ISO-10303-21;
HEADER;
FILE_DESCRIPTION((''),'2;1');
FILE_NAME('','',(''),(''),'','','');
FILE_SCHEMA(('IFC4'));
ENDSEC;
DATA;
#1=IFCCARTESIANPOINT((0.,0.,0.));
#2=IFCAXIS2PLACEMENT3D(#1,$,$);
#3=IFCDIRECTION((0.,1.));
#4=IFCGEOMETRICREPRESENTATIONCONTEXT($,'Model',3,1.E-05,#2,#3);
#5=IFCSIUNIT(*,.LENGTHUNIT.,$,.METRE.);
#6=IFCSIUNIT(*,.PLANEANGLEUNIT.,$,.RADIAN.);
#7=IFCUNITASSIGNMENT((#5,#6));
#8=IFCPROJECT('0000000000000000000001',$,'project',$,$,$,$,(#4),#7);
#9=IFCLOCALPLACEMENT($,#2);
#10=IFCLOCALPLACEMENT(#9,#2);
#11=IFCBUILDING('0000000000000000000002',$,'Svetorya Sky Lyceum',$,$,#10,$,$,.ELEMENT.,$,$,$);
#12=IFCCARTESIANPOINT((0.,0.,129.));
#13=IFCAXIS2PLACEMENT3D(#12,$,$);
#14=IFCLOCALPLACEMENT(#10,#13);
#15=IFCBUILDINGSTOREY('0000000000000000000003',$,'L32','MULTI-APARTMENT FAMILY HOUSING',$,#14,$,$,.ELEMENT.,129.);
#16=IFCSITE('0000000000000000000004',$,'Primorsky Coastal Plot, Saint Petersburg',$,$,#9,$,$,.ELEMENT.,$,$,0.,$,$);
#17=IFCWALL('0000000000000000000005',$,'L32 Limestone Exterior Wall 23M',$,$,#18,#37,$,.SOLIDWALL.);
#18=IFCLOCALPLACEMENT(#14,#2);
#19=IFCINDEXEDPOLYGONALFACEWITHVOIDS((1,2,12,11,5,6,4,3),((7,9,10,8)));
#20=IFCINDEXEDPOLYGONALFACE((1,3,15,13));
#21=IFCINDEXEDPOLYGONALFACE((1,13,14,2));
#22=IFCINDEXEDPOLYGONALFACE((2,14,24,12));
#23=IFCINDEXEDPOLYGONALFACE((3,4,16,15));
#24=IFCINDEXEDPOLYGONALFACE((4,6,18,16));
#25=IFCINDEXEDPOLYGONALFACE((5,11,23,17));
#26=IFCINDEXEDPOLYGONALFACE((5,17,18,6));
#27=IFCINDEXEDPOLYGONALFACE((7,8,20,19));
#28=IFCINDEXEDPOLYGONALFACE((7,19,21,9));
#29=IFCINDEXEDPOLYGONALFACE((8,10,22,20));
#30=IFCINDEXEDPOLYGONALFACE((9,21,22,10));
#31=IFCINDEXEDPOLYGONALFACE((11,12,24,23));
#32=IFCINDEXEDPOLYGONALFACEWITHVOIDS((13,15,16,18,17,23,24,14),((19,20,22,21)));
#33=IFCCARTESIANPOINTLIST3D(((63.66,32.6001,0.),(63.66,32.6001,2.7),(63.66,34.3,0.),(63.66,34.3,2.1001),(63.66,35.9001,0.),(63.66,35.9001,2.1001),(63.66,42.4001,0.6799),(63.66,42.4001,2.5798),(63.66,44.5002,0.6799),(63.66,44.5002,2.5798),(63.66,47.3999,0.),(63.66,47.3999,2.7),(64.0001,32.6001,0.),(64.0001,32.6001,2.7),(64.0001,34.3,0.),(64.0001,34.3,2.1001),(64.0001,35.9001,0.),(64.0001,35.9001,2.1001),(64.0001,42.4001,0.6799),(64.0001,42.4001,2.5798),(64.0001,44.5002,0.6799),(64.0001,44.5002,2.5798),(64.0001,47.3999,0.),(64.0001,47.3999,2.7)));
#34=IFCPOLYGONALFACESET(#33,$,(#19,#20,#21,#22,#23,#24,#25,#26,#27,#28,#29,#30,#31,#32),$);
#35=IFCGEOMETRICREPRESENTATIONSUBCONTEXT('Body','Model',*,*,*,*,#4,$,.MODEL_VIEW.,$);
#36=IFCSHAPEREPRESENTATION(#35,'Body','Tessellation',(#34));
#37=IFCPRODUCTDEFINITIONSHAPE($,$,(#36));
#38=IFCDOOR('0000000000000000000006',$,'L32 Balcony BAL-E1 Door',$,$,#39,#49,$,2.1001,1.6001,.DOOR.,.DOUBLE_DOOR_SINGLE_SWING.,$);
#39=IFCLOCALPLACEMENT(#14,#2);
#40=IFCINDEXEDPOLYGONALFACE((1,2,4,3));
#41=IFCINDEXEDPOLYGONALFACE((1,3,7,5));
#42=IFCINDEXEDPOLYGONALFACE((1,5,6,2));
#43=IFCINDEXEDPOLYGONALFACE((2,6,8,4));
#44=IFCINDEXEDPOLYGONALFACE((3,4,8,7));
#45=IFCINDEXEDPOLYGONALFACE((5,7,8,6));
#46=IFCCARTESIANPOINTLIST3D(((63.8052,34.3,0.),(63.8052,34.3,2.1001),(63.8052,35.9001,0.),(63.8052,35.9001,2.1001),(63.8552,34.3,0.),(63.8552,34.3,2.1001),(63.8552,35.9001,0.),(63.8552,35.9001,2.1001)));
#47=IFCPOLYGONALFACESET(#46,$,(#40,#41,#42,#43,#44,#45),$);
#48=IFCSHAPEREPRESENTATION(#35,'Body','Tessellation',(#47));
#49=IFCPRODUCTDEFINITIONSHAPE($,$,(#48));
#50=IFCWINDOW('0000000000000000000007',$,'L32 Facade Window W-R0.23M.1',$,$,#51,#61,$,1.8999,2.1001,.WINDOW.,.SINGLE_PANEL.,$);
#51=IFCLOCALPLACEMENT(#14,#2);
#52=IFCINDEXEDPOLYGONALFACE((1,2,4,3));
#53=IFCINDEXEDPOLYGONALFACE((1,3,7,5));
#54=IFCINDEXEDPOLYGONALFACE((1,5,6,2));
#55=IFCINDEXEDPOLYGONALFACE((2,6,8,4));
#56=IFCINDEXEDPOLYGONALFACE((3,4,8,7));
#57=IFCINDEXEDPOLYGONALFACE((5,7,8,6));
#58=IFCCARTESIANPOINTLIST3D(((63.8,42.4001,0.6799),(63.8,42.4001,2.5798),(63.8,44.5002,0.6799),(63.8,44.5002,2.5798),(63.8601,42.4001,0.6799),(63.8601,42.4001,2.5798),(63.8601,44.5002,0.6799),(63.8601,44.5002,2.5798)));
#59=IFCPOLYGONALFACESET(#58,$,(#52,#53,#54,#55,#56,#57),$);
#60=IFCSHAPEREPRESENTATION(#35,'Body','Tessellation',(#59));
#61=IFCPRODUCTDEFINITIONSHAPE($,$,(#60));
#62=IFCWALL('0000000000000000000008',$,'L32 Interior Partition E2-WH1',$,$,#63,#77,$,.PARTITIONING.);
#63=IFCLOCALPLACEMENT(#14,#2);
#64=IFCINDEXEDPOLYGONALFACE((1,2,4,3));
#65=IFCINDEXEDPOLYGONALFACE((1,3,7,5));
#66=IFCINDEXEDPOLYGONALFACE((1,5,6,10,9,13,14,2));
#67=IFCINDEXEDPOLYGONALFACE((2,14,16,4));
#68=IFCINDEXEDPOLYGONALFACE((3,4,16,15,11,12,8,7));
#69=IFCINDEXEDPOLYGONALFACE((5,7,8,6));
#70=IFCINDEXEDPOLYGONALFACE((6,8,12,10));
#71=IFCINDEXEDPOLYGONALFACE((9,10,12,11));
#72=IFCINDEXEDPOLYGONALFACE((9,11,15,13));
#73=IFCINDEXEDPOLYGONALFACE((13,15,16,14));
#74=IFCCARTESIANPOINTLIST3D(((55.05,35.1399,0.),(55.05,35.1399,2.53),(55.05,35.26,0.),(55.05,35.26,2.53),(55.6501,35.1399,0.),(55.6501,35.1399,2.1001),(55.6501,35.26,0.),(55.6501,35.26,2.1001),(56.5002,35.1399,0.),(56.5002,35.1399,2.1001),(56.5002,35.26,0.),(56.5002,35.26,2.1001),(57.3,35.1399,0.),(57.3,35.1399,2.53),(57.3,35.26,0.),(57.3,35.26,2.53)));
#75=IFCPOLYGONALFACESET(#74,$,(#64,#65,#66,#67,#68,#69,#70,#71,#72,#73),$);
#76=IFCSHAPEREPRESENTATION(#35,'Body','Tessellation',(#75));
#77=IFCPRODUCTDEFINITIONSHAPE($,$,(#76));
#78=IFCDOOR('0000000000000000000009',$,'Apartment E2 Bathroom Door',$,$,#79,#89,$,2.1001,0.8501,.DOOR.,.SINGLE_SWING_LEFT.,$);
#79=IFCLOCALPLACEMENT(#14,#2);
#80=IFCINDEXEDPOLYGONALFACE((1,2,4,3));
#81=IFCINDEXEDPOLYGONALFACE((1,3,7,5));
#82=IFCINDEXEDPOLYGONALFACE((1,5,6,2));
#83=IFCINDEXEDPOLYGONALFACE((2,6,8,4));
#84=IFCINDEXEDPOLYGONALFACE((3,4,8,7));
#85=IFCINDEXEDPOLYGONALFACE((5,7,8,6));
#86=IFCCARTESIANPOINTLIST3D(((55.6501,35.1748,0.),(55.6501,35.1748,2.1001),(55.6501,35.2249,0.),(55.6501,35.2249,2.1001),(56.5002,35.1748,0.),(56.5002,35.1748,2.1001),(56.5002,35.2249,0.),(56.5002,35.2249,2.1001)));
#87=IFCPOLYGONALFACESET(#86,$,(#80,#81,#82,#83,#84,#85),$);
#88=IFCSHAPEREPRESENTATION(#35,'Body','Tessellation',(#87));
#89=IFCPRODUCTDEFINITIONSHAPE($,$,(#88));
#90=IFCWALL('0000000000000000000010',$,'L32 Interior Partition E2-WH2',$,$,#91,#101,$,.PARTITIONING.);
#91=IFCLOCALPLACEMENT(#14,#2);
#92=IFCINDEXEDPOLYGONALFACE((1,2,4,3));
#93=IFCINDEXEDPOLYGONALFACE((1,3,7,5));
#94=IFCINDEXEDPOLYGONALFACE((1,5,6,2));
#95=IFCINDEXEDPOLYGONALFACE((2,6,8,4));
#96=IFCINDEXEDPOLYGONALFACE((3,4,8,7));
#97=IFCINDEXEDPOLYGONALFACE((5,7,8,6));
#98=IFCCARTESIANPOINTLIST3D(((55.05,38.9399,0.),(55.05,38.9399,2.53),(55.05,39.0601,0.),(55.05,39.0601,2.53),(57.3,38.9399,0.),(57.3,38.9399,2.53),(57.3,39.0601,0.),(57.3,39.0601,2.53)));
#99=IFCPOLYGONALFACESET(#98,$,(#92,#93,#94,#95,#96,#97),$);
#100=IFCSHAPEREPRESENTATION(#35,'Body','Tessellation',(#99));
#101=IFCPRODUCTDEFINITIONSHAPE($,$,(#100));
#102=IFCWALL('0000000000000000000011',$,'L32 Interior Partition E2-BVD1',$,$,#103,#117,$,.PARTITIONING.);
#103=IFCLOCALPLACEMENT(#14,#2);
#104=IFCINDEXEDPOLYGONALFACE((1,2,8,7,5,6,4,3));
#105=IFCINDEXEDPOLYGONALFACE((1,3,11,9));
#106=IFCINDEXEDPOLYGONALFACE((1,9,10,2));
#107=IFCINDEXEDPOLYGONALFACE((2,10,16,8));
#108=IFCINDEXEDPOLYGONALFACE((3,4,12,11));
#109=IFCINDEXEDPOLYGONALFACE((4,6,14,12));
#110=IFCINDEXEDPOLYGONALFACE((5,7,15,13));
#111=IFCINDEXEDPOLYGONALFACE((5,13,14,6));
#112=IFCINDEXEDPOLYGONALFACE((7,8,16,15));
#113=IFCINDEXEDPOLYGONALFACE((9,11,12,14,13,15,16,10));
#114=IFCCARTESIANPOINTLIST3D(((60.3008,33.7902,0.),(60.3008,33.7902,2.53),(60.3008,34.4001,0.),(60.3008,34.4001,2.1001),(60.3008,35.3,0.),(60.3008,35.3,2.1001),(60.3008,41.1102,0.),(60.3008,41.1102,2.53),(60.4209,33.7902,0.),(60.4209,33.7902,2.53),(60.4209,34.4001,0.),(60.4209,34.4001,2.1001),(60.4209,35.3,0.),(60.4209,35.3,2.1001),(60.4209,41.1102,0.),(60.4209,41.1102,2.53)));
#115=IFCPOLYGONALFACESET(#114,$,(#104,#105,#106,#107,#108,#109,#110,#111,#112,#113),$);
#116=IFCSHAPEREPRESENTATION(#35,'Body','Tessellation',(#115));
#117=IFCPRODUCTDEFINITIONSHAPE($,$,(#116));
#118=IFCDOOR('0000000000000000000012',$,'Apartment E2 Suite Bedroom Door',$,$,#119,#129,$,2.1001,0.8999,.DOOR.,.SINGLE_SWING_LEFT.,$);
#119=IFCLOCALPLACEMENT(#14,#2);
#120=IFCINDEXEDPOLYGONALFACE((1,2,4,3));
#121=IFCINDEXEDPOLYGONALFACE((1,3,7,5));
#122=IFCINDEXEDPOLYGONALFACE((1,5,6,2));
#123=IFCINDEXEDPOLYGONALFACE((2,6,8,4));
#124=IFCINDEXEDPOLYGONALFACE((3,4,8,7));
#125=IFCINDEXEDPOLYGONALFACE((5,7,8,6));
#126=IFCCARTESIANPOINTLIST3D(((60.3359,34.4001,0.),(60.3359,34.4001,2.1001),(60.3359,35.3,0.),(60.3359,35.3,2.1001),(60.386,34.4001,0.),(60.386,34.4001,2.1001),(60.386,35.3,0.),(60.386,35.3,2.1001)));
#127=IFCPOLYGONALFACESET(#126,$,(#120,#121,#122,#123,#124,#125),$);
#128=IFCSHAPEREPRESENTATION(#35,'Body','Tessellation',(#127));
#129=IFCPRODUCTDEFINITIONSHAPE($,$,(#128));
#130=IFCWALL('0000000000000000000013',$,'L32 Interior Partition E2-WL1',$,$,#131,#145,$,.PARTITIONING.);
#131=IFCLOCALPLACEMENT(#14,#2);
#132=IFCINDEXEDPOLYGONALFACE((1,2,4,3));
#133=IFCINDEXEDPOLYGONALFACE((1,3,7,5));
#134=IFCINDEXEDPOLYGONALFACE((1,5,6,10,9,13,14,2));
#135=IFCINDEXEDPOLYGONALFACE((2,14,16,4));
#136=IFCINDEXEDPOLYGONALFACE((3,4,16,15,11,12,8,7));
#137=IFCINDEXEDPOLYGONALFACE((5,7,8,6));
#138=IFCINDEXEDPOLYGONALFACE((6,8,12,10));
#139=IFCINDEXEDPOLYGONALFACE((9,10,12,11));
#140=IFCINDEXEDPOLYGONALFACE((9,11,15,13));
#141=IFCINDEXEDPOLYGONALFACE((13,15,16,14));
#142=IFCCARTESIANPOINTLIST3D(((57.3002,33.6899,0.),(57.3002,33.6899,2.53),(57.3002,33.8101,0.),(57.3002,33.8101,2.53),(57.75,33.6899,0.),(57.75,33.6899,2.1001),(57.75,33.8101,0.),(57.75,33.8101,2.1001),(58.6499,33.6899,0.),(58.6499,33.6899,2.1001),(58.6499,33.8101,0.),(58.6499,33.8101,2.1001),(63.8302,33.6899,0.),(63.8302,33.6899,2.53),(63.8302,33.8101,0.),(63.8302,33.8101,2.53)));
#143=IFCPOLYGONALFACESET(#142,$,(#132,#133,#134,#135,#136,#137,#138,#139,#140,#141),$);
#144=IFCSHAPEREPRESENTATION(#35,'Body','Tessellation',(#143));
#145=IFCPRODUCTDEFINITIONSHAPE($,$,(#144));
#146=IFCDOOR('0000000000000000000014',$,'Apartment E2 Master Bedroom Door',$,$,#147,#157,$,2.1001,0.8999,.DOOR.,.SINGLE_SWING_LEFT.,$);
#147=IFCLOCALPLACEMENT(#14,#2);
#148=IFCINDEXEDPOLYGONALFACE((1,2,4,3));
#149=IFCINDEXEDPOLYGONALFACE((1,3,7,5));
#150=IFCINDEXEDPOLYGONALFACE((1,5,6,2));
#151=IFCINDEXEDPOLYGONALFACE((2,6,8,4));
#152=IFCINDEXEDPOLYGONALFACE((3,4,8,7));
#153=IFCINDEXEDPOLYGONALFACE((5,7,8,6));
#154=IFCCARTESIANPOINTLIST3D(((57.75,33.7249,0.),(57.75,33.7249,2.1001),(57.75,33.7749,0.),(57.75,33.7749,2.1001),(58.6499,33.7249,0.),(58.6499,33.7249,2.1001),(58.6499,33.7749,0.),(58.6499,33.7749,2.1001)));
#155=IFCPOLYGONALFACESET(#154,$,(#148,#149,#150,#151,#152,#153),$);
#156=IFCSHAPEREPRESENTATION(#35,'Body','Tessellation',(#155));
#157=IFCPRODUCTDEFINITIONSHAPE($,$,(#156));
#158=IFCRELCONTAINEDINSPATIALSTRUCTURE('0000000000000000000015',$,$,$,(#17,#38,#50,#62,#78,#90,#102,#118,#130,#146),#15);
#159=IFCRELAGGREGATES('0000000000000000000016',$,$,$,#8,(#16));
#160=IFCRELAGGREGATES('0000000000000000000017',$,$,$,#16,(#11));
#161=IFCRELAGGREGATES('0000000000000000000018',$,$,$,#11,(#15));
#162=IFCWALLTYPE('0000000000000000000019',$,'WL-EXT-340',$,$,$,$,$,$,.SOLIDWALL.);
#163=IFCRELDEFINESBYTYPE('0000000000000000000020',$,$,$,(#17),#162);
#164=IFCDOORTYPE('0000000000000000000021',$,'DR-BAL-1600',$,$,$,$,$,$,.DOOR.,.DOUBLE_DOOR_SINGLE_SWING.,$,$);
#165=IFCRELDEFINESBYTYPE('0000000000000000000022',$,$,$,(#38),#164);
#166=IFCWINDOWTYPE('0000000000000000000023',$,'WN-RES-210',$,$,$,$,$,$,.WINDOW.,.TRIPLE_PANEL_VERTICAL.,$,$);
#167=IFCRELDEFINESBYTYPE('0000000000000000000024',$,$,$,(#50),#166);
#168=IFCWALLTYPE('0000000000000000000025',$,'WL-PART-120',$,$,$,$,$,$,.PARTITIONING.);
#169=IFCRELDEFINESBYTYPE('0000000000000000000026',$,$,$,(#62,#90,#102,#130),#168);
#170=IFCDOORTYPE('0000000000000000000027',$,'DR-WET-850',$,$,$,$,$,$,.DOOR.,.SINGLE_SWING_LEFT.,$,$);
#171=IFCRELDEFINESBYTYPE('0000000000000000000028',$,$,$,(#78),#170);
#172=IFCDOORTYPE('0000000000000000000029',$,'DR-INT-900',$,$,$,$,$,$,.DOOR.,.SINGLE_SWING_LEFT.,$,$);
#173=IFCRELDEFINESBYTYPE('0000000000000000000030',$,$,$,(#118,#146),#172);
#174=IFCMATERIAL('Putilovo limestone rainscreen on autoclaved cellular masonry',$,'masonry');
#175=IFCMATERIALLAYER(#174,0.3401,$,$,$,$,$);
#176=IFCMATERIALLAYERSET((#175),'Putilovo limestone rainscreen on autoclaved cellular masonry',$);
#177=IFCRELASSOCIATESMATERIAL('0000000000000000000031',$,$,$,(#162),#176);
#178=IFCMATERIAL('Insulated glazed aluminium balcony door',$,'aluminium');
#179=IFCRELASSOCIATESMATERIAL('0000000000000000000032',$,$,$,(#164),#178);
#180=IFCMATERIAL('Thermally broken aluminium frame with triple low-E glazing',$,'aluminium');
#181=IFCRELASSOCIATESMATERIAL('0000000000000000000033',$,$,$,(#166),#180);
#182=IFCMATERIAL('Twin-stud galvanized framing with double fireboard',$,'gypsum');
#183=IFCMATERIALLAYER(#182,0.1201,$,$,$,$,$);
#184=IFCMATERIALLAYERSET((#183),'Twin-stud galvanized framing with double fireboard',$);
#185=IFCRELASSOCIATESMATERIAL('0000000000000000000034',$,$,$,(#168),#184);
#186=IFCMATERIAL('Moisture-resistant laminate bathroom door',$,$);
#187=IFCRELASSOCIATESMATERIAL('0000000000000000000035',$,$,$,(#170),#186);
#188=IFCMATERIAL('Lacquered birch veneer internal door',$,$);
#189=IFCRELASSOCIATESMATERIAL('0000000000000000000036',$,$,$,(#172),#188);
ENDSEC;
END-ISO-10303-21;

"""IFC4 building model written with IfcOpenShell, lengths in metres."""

from ifc_helpers import new_model, si_unit, direction, frame, frame_2d, origin, place, context, subcontext, project, spatial, rectangle, extrude, material, layer, layer_set, type_object, element, fill, save


model = new_model("IFC4")

# Units and contexts
model_context = context("Model", 3, precision=1e-05, world=origin(), true_north=direction((0.0, 1.0)))
body_context = subcontext(model_context, "Body", "Model", "MODEL_VIEW")
ifc_project = project(units=[si_unit("LENGTHUNIT", "METRE"), si_unit("PLANEANGLEUNIT", "RADIAN")], contexts=[model_context])

# Site, building, storey
site_placement = place(None, origin())
site = spatial("IfcSite", under=ifc_project, at=site_placement, Name="Primorsky Coastal Plot, Saint Petersburg", CompositionType="ELEMENT", RefElevation=0.0)
building_placement = place(site_placement, origin())
building = spatial("IfcBuilding", under=site, at=building_placement, Name="Svetorya Sky Lyceum", CompositionType="ELEMENT")
storey_placement = place(building_placement, frame((0.0, 0.0, 129.0)))
storey = spatial("IfcBuildingStorey", under=building, at=storey_placement, Name="L32", Description="MULTI-APARTMENT FAMILY HOUSING", CompositionType="ELEMENT", Elevation=129.0)

# Shared definitions
ifc_material_1 = material(Name="Putilovo limestone rainscreen on autoclaved cellular masonry", Category="masonry")
ifc_layer_1 = layer(ifc_material_1, 0.3401)
ifc_layer_set_1 = layer_set([ifc_layer_1], Name="Putilovo limestone rainscreen on autoclaved cellular masonry")
wall_type_1 = type_object("IfcWallType", Name="WL-EXT-340", PredefinedType="SOLIDWALL", material=ifc_layer_set_1)

# Shared definitions
ifc_material_2 = material(Name="Thermally broken aluminium frame with triple low-E glazing", Category="aluminium")

# Wall, openings, door, window
wall_1_placement = place(storey_placement, frame((63.8301, 32.6001, 0.0), z_axis=(0.0, 0.0, 1.0), x_axis=(0.0, 1.0, 0.0)))
wall_1 = element("IfcWall", 1, at=wall_1_placement, inside=storey, type_object=wall_type_1, Name="L32 Limestone Exterior Wall 23M", PredefinedType="SOLIDWALL", context=body_context, shape_type="SweptSolid", body=[
    extrude(rectangle(XDim=14.7998, YDim=0.3401, at=frame_2d((7.3999, 0.0))), origin(), (0.0, 0.0, 1.0), 2.7),
])
opening_1_placement = place(wall_1_placement, frame((1.7, 0.0, 0.0)))
opening_1 = element("IfcOpeningElement", 2, at=opening_1_placement, cuts=wall_1, PredefinedType="OPENING", context=body_context, shape_type="SweptSolid", body=[
    extrude(rectangle(XDim=1.6001, YDim=2.1001, at=frame_2d((0.8, 1.05))), frame((0.0, 0.1799, 0.0), z_axis=(0.0, -1.0, 0.0), x_axis=(1.0, 0.0, 0.0)), (0.0, 0.0, 1.0), 0.3601),
])
opening_2_placement = place(wall_1_placement, frame((9.8, 0.0, 0.6799)))
opening_2 = element("IfcOpeningElement", 3, at=opening_2_placement, cuts=wall_1, PredefinedType="OPENING", context=body_context, shape_type="SweptSolid", body=[
    extrude(rectangle(XDim=2.1001, YDim=1.8999, at=frame_2d((1.05, 0.95))), frame((0.0, 0.1799, 0.0), z_axis=(0.0, -1.0, 0.0), x_axis=(1.0, 0.0, 0.0)), (0.0, 0.0, 1.0), 0.3601),
])
ifc_material_3 = material(Name="Insulated glazed aluminium balcony door", Category="aluminium")
door_type_1 = type_object("IfcDoorType", Name="DR-BAL-1600", OperationType="DOUBLE_DOOR_SINGLE_SWING", PredefinedType="DOOR", material=ifc_material_3)
door_1_placement = place(opening_1_placement, origin())
door_1 = element("IfcDoor", 4, at=door_1_placement, inside=storey, type_object=door_type_1, Name="L32 Balcony BAL-E1 Door", OperationType="DOUBLE_DOOR_SINGLE_SWING", OverallHeight=2.1001, OverallWidth=1.6001, PredefinedType="DOOR", context=body_context, shape_type="SweptSolid", body=[
    extrude(rectangle(XDim=1.6001, YDim=2.1001, at=frame_2d((0.8, 1.05))), frame((0.0, 0.0249, 0.0), z_axis=(0.0, -1.0, 0.0), x_axis=(1.0, 0.0, 0.0)), (0.0, 0.0, 1.0), 0.05),
])
fill(opening_1, door_1)
window_type_1 = type_object("IfcWindowType", Name="WN-RES-210", PartitioningType="TRIPLE_PANEL_VERTICAL", PredefinedType="WINDOW", material=ifc_material_2)
window_1_placement = place(opening_2_placement, origin())
window_1 = element("IfcWindow", 5, at=window_1_placement, inside=storey, type_object=window_type_1, Name="L32 Facade Window W-R0.23M.1", OverallHeight=1.8999, OverallWidth=2.1001, PartitioningType="SINGLE_PANEL", PredefinedType="WINDOW", context=body_context, shape_type="SweptSolid", body=[
    extrude(rectangle(XDim=2.1001, YDim=1.8999, at=frame_2d((1.05, 0.95))), frame((0.0, 0.03, 0.0), z_axis=(0.0, -1.0, 0.0), x_axis=(1.0, 0.0, 0.0)), (0.0, 0.0, 1.0), 0.0601),
])
fill(opening_2, window_1)

# Wall, opening, door
ifc_material_4 = material(Name="Twin-stud galvanized framing with double fireboard", Category="gypsum")
ifc_layer_2 = layer(ifc_material_4, 0.1201)
ifc_layer_set_2 = layer_set([ifc_layer_2], Name="Twin-stud galvanized framing with double fireboard")
wall_type_2 = type_object("IfcWallType", Name="WL-PART-120", PredefinedType="PARTITIONING", material=ifc_layer_set_2)
wall_2_placement = place(storey_placement, frame((55.05, 35.2, 0.0), z_axis=(0.0, 0.0, 1.0), x_axis=(1.0, 0.0, 0.0)))
wall_2 = element("IfcWall", 6, at=wall_2_placement, inside=storey, type_object=wall_type_2, Name="L32 Interior Partition E2-WH1", PredefinedType="PARTITIONING", context=body_context, shape_type="SweptSolid", body=[
    extrude(rectangle(XDim=2.25, YDim=0.1201, at=frame_2d((1.125, 0.0))), origin(), (0.0, 0.0, 1.0), 2.53),
])
opening_3_placement = place(wall_2_placement, frame((0.6001, 0.0, 0.0)))
opening_3 = element("IfcOpeningElement", 7, at=opening_3_placement, cuts=wall_2, PredefinedType="OPENING", context=body_context, shape_type="SweptSolid", body=[
    extrude(rectangle(XDim=0.8501, YDim=2.1001, at=frame_2d((0.425, 1.05))), frame((0.0, 0.0701, 0.0), z_axis=(0.0, -1.0, 0.0), x_axis=(1.0, 0.0, 0.0)), (0.0, 0.0, 1.0), 0.1401),
])
ifc_material_5 = material(Name="Moisture-resistant laminate bathroom door")
door_type_2 = type_object("IfcDoorType", Name="DR-WET-850", OperationType="SINGLE_SWING_LEFT", PredefinedType="DOOR", material=ifc_material_5)
door_2_placement = place(opening_3_placement, origin())
door_2 = element("IfcDoor", 8, at=door_2_placement, inside=storey, type_object=door_type_2, Name="Apartment E2 Bathroom Door", OperationType="SINGLE_SWING_LEFT", OverallHeight=2.1001, OverallWidth=0.8501, PredefinedType="DOOR", context=body_context, shape_type="SweptSolid", body=[
    extrude(rectangle(XDim=0.8501, YDim=2.1001, at=frame_2d((0.425, 1.05))), frame((0.0, 0.0249, 0.0), z_axis=(0.0, -1.0, 0.0), x_axis=(1.0, 0.0, 0.0)), (0.0, 0.0, 1.0), 0.05),
])
fill(opening_3, door_2)

# Wall
wall_3_placement = place(storey_placement, frame((55.05, 39.0, 0.0), z_axis=(0.0, 0.0, 1.0), x_axis=(1.0, 0.0, 0.0)))
element("IfcWall", 9, at=wall_3_placement, inside=storey, type_object=wall_type_2, Name="L32 Interior Partition E2-WH2", PredefinedType="PARTITIONING", context=body_context, shape_type="SweptSolid", body=[
    extrude(rectangle(XDim=2.25, YDim=0.1201, at=frame_2d((1.125, 0.0))), origin(), (0.0, 0.0, 1.0), 2.53),
])

# Walls, openings, doors
wall_4_placement = place(storey_placement, frame((60.3608, 33.79, 0.0), z_axis=(0.0, 0.0, 1.0), x_axis=(0.0, 1.0, 0.0)))
wall_4 = element("IfcWall", 10, at=wall_4_placement, inside=storey, type_object=wall_type_2, Name="L32 Interior Partition E2-BVD1", PredefinedType="PARTITIONING", context=body_context, shape_type="SweptSolid", body=[
    extrude(rectangle(XDim=7.3201, YDim=0.1201, at=frame_2d((3.6602, 0.0))), origin(), (0.0, 0.0, 1.0), 2.53),
])
opening_4_placement = place(wall_4_placement, frame((0.6101, 0.0, 0.0)))
opening_4 = element("IfcOpeningElement", 11, at=opening_4_placement, cuts=wall_4, PredefinedType="OPENING", context=body_context, shape_type="SweptSolid", body=[
    extrude(rectangle(XDim=0.8999, YDim=2.1001, at=frame_2d((0.45, 1.05))), frame((0.0, 0.0701, 0.0), z_axis=(0.0, -1.0, 0.0), x_axis=(1.0, 0.0, 0.0)), (0.0, 0.0, 1.0), 0.1401),
])
ifc_material_6 = material(Name="Lacquered birch veneer internal door")
door_type_3 = type_object("IfcDoorType", Name="DR-INT-900", OperationType="SINGLE_SWING_LEFT", PredefinedType="DOOR", material=ifc_material_6)
door_3_placement = place(opening_4_placement, origin())
door_3 = element("IfcDoor", 12, at=door_3_placement, inside=storey, type_object=door_type_3, Name="Apartment E2 Suite Bedroom Door", OperationType="SINGLE_SWING_LEFT", OverallHeight=2.1001, OverallWidth=0.8999, PredefinedType="DOOR", context=body_context, shape_type="SweptSolid", body=[
    extrude(rectangle(XDim=0.8999, YDim=2.1001, at=frame_2d((0.45, 1.05))), frame((0.0, 0.0249, 0.0), z_axis=(0.0, -1.0, 0.0), x_axis=(1.0, 0.0, 0.0)), (0.0, 0.0, 1.0), 0.05),
])
fill(opening_4, door_3)
wall_5_placement = place(storey_placement, frame((57.3, 33.75, 0.0), z_axis=(0.0, 0.0, 1.0), x_axis=(1.0, 0.0, 0.0)))
wall_5 = element("IfcWall", 13, at=wall_5_placement, inside=storey, type_object=wall_type_2, Name="L32 Interior Partition E2-WL1", PredefinedType="PARTITIONING", context=body_context, shape_type="SweptSolid", body=[
    extrude(rectangle(XDim=6.53, YDim=0.1201, at=frame_2d((3.2651, 0.0))), origin(), (0.0, 0.0, 1.0), 2.53),
])
opening_5_placement = place(wall_5_placement, frame((0.45, 0.0, 0.0)))
opening_5 = element("IfcOpeningElement", 14, at=opening_5_placement, cuts=wall_5, PredefinedType="OPENING", context=body_context, shape_type="SweptSolid", body=[
    extrude(rectangle(XDim=0.8999, YDim=2.1001, at=frame_2d((0.45, 1.05))), frame((0.0, 0.0701, 0.0), z_axis=(0.0, -1.0, 0.0), x_axis=(1.0, 0.0, 0.0)), (0.0, 0.0, 1.0), 0.1401),
])
door_4_placement = place(opening_5_placement, origin())
door_4 = element("IfcDoor", 15, at=door_4_placement, inside=storey, type_object=door_type_3, Name="Apartment E2 Master Bedroom Door", OperationType="SINGLE_SWING_LEFT", OverallHeight=2.1001, OverallWidth=0.8999, PredefinedType="DOOR", context=body_context, shape_type="SweptSolid", body=[
    extrude(rectangle(XDim=0.8999, YDim=2.1001, at=frame_2d((0.45, 1.05))), frame((0.0, 0.0249, 0.0), z_axis=(0.0, -1.0, 0.0), x_axis=(1.0, 0.0, 0.0)), (0.0, 0.0, 1.0), 0.05),
])
fill(opening_5, door_4)

save(model, "model.ifc")
